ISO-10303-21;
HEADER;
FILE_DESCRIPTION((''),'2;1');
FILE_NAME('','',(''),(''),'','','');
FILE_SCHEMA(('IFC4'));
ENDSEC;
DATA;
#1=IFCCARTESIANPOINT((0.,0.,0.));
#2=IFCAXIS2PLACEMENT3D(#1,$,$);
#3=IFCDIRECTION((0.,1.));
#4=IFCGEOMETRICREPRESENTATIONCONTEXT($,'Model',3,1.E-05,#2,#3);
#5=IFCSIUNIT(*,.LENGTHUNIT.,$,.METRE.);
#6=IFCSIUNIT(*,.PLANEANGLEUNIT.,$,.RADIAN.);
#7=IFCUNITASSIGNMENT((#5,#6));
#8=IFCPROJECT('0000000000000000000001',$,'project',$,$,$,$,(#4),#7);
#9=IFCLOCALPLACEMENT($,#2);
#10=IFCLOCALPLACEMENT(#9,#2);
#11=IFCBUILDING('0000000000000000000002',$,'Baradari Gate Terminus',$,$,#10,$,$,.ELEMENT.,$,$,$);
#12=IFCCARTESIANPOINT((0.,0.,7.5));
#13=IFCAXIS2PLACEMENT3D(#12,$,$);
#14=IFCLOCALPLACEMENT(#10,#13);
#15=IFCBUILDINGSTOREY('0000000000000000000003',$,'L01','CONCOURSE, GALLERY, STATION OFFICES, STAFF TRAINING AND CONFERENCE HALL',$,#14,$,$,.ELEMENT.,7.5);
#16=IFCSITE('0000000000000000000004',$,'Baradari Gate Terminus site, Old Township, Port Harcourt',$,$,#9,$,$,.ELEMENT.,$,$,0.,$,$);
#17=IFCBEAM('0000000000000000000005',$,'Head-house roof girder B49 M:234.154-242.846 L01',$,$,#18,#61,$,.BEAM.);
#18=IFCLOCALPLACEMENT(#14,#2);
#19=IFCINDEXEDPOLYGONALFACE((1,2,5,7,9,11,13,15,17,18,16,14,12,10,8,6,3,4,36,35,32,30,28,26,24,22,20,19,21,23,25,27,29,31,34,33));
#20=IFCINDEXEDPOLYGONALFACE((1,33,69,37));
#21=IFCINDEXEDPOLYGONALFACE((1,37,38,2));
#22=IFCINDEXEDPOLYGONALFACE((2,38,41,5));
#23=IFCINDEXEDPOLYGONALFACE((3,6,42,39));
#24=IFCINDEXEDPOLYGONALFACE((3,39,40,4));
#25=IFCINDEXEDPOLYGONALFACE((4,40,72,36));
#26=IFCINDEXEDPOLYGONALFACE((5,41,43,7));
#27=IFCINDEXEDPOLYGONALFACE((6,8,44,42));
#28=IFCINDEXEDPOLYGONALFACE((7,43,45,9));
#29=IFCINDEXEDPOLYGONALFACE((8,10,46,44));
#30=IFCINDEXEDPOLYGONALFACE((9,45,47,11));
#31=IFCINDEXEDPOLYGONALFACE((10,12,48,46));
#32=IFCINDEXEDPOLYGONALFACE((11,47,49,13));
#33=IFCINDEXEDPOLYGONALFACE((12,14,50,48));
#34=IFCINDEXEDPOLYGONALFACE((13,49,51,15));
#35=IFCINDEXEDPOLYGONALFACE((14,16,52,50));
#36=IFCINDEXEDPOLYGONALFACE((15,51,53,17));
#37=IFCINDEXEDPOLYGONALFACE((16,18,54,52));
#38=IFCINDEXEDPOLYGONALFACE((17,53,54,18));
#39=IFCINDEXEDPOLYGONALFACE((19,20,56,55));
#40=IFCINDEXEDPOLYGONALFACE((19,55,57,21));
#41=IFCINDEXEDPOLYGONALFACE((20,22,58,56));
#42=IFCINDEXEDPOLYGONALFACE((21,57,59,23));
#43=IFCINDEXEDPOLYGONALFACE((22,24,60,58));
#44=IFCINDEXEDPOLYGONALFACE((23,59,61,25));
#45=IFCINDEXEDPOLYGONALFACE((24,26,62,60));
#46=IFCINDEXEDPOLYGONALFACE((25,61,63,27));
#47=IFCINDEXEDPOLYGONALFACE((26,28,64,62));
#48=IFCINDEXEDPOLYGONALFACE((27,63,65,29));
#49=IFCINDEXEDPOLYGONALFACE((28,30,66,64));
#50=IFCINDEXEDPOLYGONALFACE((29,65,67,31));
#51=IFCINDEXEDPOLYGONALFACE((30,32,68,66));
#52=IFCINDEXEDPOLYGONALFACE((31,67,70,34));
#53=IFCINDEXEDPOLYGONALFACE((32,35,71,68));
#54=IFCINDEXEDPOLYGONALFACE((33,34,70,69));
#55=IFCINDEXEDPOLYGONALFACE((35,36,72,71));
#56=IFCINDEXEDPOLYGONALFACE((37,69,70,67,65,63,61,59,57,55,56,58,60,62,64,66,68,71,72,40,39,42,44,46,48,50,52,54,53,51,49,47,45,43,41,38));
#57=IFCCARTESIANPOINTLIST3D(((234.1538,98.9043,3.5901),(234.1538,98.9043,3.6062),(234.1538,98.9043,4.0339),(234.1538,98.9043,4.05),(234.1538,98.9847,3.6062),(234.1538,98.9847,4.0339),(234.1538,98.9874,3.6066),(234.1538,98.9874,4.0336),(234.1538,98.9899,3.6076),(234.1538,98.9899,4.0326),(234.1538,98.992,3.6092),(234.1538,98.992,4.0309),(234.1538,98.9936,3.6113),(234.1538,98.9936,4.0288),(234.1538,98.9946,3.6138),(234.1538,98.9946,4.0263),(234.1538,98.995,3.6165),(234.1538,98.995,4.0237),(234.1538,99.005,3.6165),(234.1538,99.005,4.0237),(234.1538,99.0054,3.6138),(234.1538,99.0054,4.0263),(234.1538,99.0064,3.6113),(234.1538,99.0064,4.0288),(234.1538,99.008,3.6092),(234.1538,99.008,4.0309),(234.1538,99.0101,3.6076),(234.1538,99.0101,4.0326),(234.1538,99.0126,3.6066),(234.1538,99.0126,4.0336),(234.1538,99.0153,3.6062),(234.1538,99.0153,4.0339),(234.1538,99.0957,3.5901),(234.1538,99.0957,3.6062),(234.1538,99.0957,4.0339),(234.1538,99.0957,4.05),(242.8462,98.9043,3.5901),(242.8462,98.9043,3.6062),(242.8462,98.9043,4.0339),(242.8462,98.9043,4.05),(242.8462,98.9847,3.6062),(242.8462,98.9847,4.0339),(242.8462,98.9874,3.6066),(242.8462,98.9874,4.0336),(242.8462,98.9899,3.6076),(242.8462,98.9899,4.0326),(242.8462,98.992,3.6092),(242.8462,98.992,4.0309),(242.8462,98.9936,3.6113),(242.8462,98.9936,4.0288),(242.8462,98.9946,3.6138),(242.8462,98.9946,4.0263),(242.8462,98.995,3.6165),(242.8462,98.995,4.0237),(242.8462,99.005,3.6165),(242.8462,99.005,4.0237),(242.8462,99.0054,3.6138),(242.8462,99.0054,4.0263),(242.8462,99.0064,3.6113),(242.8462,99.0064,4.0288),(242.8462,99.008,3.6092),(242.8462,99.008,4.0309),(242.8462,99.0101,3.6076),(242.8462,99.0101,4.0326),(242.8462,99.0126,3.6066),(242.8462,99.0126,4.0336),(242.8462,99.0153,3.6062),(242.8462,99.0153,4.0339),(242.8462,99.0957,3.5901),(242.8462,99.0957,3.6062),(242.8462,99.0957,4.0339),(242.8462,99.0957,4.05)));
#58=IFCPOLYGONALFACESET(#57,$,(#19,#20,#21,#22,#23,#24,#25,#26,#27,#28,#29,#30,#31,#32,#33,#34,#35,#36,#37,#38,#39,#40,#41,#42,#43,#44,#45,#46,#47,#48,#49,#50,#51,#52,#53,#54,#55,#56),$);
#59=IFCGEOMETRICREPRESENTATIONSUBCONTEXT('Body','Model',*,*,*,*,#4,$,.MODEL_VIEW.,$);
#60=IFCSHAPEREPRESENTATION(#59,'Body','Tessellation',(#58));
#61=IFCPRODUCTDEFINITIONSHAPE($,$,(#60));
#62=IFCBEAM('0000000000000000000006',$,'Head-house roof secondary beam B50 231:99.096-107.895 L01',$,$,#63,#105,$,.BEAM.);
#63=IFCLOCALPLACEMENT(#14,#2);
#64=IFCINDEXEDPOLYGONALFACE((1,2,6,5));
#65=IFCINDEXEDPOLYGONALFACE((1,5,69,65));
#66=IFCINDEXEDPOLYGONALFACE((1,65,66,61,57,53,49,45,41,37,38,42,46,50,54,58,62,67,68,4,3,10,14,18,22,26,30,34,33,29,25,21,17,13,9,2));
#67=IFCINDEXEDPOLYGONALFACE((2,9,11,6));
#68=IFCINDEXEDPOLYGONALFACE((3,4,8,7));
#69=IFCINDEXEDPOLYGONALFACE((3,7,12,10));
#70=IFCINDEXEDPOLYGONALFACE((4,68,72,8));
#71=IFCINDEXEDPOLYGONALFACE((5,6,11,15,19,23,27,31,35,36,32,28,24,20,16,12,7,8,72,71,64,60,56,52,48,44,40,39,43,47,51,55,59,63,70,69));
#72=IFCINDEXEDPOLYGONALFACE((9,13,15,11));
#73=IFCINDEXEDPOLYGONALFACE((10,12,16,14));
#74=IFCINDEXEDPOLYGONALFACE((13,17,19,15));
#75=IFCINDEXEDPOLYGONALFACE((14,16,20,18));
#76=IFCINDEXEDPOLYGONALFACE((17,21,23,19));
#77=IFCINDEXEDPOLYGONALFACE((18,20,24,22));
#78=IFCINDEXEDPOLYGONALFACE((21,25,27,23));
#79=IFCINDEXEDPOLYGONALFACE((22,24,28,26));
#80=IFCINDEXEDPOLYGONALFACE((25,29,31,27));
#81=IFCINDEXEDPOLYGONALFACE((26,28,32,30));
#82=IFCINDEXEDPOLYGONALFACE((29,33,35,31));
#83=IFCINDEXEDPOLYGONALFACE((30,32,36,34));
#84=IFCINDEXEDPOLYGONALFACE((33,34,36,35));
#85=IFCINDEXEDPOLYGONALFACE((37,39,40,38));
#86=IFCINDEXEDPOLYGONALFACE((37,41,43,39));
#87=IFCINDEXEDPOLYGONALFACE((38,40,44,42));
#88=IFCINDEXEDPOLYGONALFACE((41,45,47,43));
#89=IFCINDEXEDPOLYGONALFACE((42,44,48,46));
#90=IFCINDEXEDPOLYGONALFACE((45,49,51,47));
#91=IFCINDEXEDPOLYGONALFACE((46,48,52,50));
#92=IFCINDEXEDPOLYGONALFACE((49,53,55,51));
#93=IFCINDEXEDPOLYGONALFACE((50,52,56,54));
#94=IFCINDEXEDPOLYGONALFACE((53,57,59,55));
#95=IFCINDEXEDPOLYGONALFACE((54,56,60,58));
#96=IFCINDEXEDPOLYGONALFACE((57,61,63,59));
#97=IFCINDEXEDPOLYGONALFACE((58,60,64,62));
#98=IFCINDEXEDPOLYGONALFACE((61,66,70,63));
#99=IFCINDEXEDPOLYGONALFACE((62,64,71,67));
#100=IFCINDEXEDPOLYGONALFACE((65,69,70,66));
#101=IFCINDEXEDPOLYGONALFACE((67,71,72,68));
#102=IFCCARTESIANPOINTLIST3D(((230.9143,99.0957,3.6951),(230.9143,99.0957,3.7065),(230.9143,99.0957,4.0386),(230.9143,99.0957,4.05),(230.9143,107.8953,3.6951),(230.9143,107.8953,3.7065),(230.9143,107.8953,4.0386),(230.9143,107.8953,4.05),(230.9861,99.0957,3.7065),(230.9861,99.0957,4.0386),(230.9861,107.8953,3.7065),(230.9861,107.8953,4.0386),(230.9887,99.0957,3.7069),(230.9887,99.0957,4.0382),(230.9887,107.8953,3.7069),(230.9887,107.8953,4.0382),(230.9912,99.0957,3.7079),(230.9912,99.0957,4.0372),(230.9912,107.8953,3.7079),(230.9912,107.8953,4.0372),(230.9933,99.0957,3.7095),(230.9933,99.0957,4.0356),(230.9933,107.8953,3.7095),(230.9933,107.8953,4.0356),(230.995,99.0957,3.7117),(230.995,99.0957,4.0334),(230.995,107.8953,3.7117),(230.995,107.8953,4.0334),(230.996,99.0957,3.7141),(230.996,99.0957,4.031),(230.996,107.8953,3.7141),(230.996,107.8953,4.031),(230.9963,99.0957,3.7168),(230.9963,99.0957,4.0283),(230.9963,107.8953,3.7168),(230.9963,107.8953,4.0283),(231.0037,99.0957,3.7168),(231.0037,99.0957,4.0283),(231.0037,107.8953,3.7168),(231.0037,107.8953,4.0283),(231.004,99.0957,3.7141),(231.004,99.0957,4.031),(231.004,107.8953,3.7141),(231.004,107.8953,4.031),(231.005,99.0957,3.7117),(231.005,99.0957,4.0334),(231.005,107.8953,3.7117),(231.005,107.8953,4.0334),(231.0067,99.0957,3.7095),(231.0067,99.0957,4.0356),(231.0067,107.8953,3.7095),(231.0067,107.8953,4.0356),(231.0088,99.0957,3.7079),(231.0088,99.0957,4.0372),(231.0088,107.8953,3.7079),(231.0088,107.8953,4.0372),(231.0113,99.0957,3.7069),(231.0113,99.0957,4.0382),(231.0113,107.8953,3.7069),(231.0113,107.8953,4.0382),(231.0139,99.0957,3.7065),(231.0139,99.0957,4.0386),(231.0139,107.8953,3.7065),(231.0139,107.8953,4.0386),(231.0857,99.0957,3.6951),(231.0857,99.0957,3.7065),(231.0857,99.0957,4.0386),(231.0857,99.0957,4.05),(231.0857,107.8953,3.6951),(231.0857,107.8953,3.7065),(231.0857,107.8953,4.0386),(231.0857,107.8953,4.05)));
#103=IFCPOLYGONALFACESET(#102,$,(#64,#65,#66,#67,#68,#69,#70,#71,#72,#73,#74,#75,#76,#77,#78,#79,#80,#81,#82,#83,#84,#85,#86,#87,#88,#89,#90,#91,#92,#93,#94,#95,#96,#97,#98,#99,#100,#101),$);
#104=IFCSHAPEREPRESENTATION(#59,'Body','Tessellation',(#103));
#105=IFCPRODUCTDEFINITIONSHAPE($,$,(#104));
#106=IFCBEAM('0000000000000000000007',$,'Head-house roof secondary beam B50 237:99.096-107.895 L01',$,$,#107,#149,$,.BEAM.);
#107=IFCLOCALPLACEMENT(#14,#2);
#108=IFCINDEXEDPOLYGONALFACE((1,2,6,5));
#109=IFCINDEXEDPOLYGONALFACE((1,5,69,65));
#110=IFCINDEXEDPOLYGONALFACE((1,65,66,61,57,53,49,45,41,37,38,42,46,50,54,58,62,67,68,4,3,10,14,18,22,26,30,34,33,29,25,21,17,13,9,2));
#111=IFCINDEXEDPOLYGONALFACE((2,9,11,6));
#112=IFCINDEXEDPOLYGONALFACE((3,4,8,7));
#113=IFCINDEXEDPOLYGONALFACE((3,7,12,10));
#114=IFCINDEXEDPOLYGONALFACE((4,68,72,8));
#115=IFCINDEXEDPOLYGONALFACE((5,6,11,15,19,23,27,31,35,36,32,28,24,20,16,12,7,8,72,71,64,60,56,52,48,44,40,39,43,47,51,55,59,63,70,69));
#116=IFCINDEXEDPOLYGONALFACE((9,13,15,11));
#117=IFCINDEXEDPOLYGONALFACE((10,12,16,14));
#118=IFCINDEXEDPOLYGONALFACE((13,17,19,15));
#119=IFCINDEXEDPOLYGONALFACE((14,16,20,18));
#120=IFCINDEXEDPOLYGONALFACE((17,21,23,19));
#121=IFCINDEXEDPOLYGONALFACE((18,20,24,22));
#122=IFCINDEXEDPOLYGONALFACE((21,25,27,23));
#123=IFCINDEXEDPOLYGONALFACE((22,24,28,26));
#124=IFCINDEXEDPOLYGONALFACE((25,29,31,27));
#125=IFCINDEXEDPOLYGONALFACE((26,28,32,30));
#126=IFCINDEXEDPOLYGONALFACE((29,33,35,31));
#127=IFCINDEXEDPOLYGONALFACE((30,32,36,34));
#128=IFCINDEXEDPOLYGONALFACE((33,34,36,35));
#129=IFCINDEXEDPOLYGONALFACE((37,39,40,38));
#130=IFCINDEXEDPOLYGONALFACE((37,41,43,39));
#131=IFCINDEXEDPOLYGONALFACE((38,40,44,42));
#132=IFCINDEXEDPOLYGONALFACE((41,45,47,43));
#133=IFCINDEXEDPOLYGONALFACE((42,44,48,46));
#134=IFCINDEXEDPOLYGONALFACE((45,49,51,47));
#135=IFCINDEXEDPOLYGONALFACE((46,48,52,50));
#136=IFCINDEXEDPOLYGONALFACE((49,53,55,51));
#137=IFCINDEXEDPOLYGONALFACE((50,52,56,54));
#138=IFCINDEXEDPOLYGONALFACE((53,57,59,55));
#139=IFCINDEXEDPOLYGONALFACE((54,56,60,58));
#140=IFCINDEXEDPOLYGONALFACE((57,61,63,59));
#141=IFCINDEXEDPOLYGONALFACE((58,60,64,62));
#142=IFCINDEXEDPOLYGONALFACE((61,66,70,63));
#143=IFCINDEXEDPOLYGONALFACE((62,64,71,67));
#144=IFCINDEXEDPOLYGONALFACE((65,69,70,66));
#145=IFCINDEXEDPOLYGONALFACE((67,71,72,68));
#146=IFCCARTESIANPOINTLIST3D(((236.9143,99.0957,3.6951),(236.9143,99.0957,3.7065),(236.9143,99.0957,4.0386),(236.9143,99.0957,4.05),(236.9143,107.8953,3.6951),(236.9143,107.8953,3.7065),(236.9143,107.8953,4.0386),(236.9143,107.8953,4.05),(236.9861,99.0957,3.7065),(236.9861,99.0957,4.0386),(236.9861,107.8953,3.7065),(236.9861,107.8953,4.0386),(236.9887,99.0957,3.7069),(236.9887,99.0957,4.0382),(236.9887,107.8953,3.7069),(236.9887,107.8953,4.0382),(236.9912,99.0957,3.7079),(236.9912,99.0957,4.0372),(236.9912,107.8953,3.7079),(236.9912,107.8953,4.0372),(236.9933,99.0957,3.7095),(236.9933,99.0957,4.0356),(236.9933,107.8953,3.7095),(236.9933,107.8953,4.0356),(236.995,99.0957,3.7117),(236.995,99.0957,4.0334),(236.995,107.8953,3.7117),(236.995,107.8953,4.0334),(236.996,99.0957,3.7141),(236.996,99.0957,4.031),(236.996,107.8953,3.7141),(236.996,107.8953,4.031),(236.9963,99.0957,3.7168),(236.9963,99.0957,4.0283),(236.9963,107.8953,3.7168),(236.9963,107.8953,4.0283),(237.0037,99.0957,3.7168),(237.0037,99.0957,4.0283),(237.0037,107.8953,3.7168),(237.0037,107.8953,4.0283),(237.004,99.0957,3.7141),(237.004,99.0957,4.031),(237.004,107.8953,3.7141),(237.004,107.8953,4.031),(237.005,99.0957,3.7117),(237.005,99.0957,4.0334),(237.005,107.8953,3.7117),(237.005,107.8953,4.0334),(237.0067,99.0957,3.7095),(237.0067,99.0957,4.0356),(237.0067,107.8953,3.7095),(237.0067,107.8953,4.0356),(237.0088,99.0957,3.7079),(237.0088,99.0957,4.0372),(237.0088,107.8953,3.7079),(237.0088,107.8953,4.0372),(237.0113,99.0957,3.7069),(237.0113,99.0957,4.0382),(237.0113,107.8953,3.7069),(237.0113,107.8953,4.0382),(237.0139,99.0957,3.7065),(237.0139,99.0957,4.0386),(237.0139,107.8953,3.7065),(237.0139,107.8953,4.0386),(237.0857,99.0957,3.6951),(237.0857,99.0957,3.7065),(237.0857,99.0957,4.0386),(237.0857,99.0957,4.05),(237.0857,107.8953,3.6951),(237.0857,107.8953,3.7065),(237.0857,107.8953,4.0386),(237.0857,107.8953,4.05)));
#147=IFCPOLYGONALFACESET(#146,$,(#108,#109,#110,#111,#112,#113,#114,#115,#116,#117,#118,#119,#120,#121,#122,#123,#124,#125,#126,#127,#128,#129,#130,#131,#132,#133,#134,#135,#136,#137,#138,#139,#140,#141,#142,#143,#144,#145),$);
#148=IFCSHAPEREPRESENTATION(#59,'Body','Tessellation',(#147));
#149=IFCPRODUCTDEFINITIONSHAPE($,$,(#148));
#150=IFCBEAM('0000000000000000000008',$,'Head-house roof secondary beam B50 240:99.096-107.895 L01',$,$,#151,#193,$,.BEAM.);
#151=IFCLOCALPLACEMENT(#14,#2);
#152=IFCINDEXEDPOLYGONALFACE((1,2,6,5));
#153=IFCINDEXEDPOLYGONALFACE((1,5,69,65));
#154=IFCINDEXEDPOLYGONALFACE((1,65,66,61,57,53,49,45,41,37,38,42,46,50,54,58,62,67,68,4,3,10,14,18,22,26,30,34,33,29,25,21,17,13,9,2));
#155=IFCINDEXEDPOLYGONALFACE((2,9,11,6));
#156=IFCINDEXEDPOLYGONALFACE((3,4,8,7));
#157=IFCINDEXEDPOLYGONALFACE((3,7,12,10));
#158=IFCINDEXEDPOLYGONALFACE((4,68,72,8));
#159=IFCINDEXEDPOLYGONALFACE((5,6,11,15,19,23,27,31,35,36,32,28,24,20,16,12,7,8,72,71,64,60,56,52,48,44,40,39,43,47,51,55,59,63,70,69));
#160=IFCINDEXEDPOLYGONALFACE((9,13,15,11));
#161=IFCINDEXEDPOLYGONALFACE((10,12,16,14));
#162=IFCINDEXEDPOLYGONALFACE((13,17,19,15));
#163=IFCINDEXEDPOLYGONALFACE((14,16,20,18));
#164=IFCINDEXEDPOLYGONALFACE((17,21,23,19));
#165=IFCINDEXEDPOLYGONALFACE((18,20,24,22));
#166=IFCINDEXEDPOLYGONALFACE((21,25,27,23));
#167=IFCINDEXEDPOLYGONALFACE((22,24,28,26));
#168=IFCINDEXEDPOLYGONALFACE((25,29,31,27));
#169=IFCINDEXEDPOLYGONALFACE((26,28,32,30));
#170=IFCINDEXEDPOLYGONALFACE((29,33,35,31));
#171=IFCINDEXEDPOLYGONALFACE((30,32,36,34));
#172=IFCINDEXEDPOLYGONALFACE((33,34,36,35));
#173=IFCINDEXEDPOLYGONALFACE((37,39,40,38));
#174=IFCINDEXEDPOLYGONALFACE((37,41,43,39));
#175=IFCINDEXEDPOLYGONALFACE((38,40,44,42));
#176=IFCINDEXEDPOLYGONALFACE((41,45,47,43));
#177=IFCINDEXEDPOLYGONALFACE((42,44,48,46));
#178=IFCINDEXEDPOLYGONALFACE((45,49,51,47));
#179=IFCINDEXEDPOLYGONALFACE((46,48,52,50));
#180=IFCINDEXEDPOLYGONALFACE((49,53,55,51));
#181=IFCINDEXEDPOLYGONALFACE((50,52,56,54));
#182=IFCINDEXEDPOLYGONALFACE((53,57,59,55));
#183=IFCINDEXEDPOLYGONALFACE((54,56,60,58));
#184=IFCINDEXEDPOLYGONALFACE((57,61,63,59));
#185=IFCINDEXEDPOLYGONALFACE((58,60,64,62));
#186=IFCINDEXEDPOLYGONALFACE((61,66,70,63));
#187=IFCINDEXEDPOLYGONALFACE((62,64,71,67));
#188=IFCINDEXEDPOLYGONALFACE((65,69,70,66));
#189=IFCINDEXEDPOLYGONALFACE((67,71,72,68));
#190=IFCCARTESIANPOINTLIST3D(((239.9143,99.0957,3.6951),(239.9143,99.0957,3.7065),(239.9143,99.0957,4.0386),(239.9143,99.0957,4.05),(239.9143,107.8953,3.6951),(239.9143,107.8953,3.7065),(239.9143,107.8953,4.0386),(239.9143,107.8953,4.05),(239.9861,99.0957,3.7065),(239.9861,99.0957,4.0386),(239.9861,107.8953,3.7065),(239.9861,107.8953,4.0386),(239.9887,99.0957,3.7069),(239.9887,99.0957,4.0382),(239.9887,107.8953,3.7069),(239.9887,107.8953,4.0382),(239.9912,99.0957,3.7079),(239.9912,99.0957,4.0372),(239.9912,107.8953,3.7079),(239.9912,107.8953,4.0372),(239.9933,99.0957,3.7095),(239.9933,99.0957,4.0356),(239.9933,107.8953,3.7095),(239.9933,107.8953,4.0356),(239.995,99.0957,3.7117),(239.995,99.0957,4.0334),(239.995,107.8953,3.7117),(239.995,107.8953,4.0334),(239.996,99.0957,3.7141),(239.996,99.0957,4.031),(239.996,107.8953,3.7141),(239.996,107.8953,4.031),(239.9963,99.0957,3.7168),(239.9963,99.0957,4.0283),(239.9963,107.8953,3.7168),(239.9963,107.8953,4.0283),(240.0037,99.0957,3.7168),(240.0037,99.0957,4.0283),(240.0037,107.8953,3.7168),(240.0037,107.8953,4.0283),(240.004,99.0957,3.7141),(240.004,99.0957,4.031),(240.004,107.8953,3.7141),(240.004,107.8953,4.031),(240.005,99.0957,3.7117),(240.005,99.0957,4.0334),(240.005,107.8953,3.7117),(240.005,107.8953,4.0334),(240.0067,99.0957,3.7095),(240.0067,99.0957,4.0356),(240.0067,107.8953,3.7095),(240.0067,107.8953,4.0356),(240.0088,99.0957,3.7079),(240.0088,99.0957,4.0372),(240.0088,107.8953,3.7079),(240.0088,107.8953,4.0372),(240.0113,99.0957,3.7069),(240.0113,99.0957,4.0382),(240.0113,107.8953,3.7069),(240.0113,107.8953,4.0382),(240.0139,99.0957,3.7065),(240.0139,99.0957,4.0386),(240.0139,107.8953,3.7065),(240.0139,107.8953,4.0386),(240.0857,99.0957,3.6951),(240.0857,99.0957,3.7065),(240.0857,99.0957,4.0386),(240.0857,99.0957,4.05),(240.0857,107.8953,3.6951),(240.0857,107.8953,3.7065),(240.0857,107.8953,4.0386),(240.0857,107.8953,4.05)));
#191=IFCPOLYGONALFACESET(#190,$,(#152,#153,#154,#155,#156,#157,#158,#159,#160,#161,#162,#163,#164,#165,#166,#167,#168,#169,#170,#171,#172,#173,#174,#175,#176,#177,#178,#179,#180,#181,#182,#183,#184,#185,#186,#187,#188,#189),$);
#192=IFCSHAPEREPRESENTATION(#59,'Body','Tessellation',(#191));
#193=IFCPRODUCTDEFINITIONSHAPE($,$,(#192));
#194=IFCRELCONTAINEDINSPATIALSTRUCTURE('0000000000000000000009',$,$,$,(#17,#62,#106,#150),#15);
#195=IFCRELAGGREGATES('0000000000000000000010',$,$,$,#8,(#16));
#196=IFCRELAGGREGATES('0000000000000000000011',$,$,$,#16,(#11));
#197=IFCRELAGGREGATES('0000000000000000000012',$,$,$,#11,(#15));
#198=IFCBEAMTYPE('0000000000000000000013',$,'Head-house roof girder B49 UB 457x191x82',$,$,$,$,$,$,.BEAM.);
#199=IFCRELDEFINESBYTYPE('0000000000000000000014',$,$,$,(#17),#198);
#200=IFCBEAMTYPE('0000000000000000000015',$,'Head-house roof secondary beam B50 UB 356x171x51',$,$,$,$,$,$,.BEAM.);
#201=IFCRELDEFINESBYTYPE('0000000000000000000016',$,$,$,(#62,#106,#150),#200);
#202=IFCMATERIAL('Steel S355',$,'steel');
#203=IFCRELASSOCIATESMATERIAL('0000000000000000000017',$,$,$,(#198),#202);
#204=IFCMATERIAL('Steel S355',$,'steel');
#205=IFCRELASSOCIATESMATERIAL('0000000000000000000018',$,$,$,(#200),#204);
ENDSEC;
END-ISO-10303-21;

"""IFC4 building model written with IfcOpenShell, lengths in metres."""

from ifc_helpers import new_model, si_unit, direction, frame, origin, origin_2d, place, context, subcontext, project, spatial, i_section, extrude, material, material_profile, profile_set, type_object, element, save


model = new_model("IFC4")

# Units and contexts
model_context = context("Model", 3, precision=1e-05, world=origin(), true_north=direction((0.0, 1.0)))
body_context = subcontext(model_context, "Body", "Model", "MODEL_VIEW")
ifc_project = project(units=[si_unit("LENGTHUNIT", "METRE"), si_unit("PLANEANGLEUNIT", "RADIAN")], contexts=[model_context])

# Site, building, storey
site_placement = place(None, origin())
site = spatial("IfcSite", under=ifc_project, at=site_placement, Name="Baradari Gate Terminus site, Old Township, Port Harcourt", CompositionType="ELEMENT", RefElevation=0.0)
building_placement = place(site_placement, origin())
building = spatial("IfcBuilding", under=site, at=building_placement, Name="Baradari Gate Terminus", CompositionType="ELEMENT")
storey_placement = place(building_placement, frame((0.0, 0.0, 7.5)))
storey = spatial("IfcBuildingStorey", under=building, at=storey_placement, Name="L01", Description="CONCOURSE, GALLERY, STATION OFFICES, STAFF TRAINING AND CONFERENCE HALL", CompositionType="ELEMENT", Elevation=7.5)

# Beams
ifc_material_1 = material(Name="Steel S355", Category="steel")
ifc_material_profile_1 = material_profile(ifc_material_1, i_section(OverallWidth=0.1914, OverallDepth=0.46, WebThickness=0.01, FlangeThickness=0.0161, FilletRadius=0.0103, at=origin_2d()), Name="UB 457x191x82")
ifc_profile_set_1 = profile_set([ifc_material_profile_1], Name="Steel S355")
beam_type_1 = type_object("IfcBeamType", Name="Head-house roof girder B49 UB 457x191x82", PredefinedType="BEAM", material=ifc_profile_set_1)
beam_1_placement = place(storey_placement, frame((234.1538, 99.0, 3.8201), z_axis=(1.0, 0.0, 0.0), x_axis=(0.0, 1.0, 0.0)))
element("IfcBeam", 1, at=beam_1_placement, inside=storey, type_object=beam_type_1, Name="Head-house roof girder B49 M:234.154-242.846 L01", PredefinedType="BEAM", context=body_context, shape_type="SweptSolid", body=[
    extrude(i_section(OverallWidth=0.1914, OverallDepth=0.46, WebThickness=0.01, FlangeThickness=0.0161, FilletRadius=0.0103, at=origin_2d()), origin(), (0.0, 0.0, 1.0), 8.6924),
])
ifc_material_2 = material(Name="Steel S355", Category="steel")
ifc_material_profile_2 = material_profile(ifc_material_2, i_section(OverallWidth=0.1714, OverallDepth=0.355, WebThickness=0.0073, FlangeThickness=0.0115, FilletRadius=0.0103, at=origin_2d()), Name="UB 356x171x51")
ifc_profile_set_2 = profile_set([ifc_material_profile_2], Name="Steel S355")
beam_type_2 = type_object("IfcBeamType", Name="Head-house roof secondary beam B50 UB 356x171x51", PredefinedType="BEAM", material=ifc_profile_set_2)
for number, where, z_axis, x_axis, name in (
    (2, (231.0, 99.0957, 3.8726), (0.0, 1.0, 0.0), (-1.0, 0.0, 0.0), "Head-house roof secondary beam B50 231:99.096-107.895 L01"),
    (3, (237.0, 99.0957, 3.8726), (0.0, 1.0, 0.0), (-1.0, 0.0, 0.0), "Head-house roof secondary beam B50 237:99.096-107.895 L01"),
    (4, (240.0, 99.0957, 3.8726), (0.0, 1.0, 0.0), (-1.0, 0.0, 0.0), "Head-house roof secondary beam B50 240:99.096-107.895 L01"),
):
    element("IfcBeam", number, at=place(storey_placement, frame(where, z_axis=z_axis, x_axis=x_axis)), inside=storey, type_object=beam_type_2, Name=name, PredefinedType="BEAM", context=body_context, shape_type="SweptSolid", body=[
        extrude(i_section(OverallWidth=0.1714, OverallDepth=0.355, WebThickness=0.0073, FlangeThickness=0.0115, FilletRadius=0.0103, at=origin_2d()), origin(), (0.0, 0.0, 1.0), 8.7996),
    ])

save(model, "model.ifc")
